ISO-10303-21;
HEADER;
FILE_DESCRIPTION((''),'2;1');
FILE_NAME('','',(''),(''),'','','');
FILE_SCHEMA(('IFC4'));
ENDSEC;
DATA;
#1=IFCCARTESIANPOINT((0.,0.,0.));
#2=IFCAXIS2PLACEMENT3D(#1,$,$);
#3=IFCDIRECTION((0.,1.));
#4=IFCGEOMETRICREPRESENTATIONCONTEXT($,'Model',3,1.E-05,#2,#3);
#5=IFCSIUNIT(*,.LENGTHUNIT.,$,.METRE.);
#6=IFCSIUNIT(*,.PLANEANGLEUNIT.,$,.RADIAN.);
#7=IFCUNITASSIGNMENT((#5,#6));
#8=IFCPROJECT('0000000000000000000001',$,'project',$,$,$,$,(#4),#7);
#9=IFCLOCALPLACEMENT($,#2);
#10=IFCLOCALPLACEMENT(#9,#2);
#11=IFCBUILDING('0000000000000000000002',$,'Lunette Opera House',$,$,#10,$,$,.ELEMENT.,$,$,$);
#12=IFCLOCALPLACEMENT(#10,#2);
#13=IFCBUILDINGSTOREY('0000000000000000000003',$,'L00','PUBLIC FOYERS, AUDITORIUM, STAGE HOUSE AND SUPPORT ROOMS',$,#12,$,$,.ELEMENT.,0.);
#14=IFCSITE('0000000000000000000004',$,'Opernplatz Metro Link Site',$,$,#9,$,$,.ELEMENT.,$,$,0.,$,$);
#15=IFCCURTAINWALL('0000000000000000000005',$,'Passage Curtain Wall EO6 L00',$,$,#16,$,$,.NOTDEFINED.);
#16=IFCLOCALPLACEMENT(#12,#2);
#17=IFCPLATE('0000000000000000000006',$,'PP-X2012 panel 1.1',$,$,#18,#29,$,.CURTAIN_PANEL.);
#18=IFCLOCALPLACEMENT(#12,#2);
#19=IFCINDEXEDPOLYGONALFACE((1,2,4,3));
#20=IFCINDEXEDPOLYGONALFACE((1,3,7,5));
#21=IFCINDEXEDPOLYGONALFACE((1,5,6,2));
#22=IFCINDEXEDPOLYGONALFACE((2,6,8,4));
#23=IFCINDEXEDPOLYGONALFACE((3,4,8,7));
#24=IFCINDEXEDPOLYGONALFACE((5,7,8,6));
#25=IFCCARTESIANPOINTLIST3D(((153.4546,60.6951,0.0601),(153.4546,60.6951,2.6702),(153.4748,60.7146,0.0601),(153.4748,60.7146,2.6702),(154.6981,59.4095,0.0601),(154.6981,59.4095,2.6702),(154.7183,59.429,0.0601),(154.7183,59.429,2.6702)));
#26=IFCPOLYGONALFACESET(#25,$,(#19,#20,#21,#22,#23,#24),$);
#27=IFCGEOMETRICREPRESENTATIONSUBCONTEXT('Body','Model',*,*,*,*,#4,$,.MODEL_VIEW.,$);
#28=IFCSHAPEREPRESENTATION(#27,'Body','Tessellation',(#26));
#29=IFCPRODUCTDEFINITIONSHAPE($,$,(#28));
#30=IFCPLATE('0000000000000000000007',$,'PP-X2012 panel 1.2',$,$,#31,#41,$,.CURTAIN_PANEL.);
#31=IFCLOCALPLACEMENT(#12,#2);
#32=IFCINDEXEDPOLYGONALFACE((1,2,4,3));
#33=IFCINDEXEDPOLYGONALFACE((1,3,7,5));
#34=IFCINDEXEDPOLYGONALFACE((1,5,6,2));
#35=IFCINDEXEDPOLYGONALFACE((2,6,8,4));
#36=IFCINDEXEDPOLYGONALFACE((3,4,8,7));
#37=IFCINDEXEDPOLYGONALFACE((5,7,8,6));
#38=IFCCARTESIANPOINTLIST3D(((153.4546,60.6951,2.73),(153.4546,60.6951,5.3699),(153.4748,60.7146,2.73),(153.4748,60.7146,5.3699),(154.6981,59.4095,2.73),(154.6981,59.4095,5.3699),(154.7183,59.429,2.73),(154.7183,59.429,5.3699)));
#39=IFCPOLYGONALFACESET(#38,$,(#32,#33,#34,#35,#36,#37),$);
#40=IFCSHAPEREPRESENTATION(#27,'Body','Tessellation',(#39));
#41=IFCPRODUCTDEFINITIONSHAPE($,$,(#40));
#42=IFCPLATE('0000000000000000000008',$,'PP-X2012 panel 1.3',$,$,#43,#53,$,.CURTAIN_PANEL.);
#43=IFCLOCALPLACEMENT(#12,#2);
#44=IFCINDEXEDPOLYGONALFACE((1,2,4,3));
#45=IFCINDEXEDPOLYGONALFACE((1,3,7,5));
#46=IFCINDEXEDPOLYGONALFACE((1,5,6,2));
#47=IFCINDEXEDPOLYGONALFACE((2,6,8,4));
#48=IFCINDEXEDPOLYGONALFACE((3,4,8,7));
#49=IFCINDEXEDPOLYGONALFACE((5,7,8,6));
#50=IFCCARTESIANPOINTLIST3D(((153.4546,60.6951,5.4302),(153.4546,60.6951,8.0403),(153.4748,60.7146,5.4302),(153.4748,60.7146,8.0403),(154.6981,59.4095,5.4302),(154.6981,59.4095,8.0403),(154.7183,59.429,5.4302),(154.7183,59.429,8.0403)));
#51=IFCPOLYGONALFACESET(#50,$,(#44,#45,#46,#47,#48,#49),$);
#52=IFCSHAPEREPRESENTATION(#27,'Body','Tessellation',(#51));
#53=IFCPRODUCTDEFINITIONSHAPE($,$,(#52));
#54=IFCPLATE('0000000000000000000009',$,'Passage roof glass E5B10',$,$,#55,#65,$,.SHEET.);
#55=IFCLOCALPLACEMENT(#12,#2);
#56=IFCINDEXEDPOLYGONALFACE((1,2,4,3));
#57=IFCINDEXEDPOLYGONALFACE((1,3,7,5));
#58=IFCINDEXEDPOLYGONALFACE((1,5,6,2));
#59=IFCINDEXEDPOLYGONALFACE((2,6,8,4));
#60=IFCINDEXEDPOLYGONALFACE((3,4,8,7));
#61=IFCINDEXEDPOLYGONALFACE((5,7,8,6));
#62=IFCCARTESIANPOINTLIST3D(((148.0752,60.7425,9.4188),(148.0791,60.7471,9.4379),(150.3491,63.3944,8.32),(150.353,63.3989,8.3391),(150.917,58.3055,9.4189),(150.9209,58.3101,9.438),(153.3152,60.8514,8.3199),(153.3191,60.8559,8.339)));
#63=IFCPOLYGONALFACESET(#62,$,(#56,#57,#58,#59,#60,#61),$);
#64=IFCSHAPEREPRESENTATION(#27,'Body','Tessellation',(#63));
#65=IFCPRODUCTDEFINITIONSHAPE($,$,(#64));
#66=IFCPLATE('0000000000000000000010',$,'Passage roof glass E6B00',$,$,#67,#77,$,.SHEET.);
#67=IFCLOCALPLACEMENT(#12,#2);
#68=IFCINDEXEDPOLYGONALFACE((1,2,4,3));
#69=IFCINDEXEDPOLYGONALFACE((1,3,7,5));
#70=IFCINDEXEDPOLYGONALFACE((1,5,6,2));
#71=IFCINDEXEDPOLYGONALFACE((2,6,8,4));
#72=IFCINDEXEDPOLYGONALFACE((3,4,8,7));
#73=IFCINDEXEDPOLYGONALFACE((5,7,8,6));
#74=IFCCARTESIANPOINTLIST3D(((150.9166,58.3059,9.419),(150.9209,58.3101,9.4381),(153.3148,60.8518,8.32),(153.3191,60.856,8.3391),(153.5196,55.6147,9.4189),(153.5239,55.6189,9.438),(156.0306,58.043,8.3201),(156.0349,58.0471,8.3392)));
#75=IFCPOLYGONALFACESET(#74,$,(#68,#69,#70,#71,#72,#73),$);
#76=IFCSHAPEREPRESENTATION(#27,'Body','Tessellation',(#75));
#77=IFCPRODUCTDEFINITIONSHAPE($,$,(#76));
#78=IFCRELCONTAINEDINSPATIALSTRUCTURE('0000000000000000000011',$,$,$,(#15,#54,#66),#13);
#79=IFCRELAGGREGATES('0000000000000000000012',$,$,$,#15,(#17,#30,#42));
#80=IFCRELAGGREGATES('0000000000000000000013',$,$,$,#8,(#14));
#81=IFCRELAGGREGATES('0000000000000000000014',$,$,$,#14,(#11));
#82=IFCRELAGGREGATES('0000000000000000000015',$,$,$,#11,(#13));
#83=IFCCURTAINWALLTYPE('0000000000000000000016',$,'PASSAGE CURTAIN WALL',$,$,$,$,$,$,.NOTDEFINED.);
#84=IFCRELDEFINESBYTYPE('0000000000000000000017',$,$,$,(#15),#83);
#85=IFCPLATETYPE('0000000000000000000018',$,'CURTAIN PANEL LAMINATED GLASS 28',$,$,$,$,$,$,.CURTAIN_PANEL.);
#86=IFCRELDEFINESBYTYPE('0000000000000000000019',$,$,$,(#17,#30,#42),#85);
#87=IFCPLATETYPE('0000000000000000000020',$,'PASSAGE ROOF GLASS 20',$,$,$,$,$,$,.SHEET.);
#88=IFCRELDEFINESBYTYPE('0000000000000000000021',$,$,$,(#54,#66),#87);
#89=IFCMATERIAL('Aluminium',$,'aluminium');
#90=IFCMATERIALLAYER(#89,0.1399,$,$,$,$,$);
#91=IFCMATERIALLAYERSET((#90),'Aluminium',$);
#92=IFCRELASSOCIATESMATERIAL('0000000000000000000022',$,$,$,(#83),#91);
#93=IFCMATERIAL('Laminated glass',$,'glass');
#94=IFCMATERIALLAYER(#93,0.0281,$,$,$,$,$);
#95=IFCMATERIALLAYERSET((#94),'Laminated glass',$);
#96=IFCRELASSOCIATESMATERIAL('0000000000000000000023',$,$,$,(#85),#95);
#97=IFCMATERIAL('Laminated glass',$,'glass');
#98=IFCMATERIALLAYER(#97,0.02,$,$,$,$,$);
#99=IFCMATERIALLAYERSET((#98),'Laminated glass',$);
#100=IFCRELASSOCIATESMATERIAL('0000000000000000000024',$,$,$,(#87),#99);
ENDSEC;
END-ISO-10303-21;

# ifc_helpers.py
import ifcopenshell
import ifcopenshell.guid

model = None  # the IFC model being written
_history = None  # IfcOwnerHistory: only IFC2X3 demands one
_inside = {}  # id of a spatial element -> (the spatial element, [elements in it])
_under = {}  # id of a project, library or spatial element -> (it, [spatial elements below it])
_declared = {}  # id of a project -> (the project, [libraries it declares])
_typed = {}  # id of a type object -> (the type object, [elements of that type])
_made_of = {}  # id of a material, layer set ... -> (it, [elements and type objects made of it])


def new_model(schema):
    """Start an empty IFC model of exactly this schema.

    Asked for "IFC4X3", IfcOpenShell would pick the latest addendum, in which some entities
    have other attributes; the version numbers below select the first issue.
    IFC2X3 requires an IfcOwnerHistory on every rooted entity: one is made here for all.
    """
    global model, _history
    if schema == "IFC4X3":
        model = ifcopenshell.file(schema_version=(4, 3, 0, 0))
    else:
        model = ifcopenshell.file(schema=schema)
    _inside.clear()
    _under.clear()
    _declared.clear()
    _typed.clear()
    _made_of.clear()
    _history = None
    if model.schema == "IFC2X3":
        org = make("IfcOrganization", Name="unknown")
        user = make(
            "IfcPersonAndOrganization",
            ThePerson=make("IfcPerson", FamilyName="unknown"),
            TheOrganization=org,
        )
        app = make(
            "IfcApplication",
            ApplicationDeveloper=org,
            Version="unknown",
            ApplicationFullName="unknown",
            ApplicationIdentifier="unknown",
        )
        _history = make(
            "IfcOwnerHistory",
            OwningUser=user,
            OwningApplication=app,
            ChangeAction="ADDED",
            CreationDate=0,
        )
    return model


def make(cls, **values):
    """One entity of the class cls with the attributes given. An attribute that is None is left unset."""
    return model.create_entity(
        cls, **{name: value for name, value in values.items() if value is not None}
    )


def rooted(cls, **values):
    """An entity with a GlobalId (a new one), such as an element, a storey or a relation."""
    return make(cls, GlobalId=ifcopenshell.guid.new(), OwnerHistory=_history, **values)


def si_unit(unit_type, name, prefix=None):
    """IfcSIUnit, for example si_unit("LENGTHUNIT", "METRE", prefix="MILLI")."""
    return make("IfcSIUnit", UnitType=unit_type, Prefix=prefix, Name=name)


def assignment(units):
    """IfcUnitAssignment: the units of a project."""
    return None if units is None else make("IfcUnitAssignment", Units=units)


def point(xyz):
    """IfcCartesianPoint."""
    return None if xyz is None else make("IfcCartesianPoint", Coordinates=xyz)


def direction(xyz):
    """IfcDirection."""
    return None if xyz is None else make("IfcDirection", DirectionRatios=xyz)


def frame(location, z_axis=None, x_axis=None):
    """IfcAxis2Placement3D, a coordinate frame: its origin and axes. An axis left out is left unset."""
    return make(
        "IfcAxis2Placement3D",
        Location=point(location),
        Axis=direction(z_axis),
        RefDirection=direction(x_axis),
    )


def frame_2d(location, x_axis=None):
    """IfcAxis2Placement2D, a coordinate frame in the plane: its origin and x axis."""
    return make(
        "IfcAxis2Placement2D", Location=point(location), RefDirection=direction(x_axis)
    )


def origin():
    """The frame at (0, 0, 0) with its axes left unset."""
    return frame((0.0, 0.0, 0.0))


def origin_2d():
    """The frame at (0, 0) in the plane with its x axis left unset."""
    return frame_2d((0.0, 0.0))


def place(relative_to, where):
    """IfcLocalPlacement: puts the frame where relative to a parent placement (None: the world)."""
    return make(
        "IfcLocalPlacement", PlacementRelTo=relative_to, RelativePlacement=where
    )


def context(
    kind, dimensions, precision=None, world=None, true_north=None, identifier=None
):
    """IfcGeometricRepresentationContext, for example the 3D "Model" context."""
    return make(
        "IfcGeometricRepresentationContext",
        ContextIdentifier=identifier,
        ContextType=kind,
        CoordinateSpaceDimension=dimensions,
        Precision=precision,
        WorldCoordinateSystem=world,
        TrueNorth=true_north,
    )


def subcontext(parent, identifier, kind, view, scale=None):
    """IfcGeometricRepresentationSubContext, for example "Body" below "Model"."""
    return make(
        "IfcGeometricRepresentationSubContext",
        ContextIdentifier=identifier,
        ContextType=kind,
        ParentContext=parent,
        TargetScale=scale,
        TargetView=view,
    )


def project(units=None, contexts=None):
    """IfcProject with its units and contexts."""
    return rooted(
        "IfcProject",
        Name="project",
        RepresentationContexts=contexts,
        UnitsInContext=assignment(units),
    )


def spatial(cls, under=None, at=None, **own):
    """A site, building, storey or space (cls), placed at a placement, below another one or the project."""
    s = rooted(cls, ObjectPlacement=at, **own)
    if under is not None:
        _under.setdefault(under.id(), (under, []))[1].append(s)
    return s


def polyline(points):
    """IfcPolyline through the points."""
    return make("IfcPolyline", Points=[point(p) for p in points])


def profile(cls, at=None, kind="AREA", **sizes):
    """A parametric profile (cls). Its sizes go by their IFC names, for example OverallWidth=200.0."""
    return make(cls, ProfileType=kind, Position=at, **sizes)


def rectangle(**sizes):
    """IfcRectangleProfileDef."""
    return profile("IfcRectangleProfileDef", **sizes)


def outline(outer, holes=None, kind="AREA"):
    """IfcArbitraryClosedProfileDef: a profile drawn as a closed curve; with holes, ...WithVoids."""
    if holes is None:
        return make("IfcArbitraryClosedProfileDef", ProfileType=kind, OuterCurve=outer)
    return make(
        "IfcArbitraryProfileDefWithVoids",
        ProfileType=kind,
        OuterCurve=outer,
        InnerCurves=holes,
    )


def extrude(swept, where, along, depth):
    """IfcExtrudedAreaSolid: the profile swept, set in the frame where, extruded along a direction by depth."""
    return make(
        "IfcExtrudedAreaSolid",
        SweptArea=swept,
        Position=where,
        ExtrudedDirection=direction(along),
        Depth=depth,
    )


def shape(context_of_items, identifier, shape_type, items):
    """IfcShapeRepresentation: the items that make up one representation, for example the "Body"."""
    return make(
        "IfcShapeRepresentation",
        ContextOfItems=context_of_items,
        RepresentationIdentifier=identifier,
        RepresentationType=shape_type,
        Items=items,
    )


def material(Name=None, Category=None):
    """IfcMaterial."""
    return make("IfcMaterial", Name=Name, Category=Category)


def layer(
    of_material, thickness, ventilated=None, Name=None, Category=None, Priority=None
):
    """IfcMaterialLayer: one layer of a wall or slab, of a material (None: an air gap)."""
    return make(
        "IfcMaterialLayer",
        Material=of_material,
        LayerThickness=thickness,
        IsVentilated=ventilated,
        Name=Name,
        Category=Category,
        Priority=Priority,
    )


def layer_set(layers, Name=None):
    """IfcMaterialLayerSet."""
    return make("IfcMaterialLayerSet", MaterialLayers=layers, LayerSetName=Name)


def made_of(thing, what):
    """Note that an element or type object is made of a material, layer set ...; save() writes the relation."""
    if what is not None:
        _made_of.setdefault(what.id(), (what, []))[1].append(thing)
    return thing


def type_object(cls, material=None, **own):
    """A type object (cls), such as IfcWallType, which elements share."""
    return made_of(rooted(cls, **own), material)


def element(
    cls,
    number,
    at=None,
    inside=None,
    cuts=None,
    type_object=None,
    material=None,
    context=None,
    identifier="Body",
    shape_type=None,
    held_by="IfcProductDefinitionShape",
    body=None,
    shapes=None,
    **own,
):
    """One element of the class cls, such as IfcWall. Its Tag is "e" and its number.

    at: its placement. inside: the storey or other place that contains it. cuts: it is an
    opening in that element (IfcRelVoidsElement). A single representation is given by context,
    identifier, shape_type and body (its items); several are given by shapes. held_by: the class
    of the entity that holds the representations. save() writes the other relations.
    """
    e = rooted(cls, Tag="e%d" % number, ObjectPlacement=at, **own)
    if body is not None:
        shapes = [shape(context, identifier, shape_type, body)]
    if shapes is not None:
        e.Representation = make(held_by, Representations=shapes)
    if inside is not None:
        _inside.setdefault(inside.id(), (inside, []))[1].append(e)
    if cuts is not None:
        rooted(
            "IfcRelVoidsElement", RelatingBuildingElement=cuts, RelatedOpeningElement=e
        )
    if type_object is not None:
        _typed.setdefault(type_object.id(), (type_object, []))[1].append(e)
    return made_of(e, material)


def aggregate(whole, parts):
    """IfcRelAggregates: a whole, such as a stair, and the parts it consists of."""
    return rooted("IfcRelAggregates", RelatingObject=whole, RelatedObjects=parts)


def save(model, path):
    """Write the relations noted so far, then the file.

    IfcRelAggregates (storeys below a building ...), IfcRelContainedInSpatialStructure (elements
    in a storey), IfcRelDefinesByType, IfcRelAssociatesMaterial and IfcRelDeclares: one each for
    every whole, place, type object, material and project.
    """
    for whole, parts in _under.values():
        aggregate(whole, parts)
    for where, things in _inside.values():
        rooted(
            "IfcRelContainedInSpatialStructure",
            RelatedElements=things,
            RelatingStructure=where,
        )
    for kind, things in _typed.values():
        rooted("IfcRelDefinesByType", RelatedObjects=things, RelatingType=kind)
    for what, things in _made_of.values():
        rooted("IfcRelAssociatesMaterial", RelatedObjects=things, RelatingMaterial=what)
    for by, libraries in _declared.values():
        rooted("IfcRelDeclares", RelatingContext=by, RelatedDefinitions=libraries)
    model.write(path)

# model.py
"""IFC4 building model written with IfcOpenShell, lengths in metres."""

from ifc_helpers import new_model, si_unit, direction, frame, origin, origin_2d, place, context, subcontext, project, spatial, polyline, rectangle, outline, extrude, material, layer, layer_set, type_object, element, aggregate, save


model = new_model("IFC4")

# Units and contexts
model_context = context("Model", 3, precision=1e-05, world=origin(), true_north=direction((0.0, 1.0)))
body_context = subcontext(model_context, "Body", "Model", "MODEL_VIEW")
ifc_project = project(units=[si_unit("LENGTHUNIT", "METRE"), si_unit("PLANEANGLEUNIT", "RADIAN")], contexts=[model_context])

# Site, building, storey
site_placement = place(None, origin())
site = spatial("IfcSite", under=ifc_project, at=site_placement, Name="Opernplatz Metro Link Site", CompositionType="ELEMENT", RefElevation=0.0)
building_placement = place(site_placement, origin())
building = spatial("IfcBuilding", under=site, at=building_placement, Name="Lunette Opera House", CompositionType="ELEMENT")
storey_placement = place(building_placement, origin())
storey = spatial("IfcBuildingStorey", under=building, at=storey_placement, Name="L00", Description="PUBLIC FOYERS, AUDITORIUM, STAGE HOUSE AND SUPPORT ROOMS", CompositionType="ELEMENT", Elevation=0.0)

# Curtain wall
ifc_material_1 = material(Name="Aluminium", Category="aluminium")
ifc_layer_1 = layer(ifc_material_1, 0.1399)
ifc_layer_set_1 = layer_set([ifc_layer_1], Name="Aluminium")
curtain_wall_type = type_object("IfcCurtainWallType", Name="PASSAGE CURTAIN WALL", PredefinedType="NOTDEFINED", material=ifc_layer_set_1)
curtain_wall_1_placement = place(storey_placement, origin())
curtain_wall_1 = element("IfcCurtainWall", 1, at=curtain_wall_1_placement, inside=storey, type_object=curtain_wall_type, Name="Passage Curtain Wall EO6 L00", PredefinedType="NOTDEFINED")

# Plates
ifc_material_2 = material(Name="Laminated glass", Category="glass")
ifc_layer_2 = layer(ifc_material_2, 0.0281)
ifc_layer_set_2 = layer_set([ifc_layer_2], Name="Laminated glass")
plate_type_1 = type_object("IfcPlateType", Name="CURTAIN PANEL LAMINATED GLASS 28", PredefinedType="CURTAIN_PANEL", material=ifc_layer_set_2)
plate_1_placement = place(storey_placement, frame((154.0864, 60.062, 0.0601), z_axis=(0.0, 0.0, 1.0), x_axis=(0.695231, -0.718787, 0.0)))
plate_1 = element("IfcPlate", 2, at=plate_1_placement, type_object=plate_type_1, Name="PP-X2012 panel 1.1", PredefinedType="CURTAIN_PANEL", context=body_context, shape_type="SweptSolid", body=[
    extrude(rectangle(XDim=1.7886, YDim=0.0281, at=origin_2d()), origin(), (0.0, 0.0, 1.0), 2.6101),
])
plate_2_placement = place(storey_placement, frame((154.0864, 60.062, 2.73), z_axis=(0.0, 0.0, 1.0), x_axis=(0.695231, -0.718787, 0.0)))
plate_2 = element("IfcPlate", 3, at=plate_2_placement, type_object=plate_type_1, Name="PP-X2012 panel 1.2", PredefinedType="CURTAIN_PANEL", context=body_context, shape_type="SweptSolid", body=[
    extrude(rectangle(XDim=1.7886, YDim=0.0281, at=origin_2d()), origin(), (0.0, 0.0, 1.0), 2.6399),
])
plate_3_placement = place(storey_placement, frame((154.0864, 60.062, 5.4302), z_axis=(0.0, 0.0, 1.0), x_axis=(0.695231, -0.718787, 0.0)))
plate_3 = element("IfcPlate", 4, at=plate_3_placement, type_object=plate_type_1, Name="PP-X2012 panel 1.3", PredefinedType="CURTAIN_PANEL", context=body_context, shape_type="SweptSolid", body=[
    extrude(rectangle(XDim=1.7886, YDim=0.0281, at=origin_2d()), origin(), (0.0, 0.0, 1.0), 2.6101),
])
aggregate(curtain_wall_1, [plate_1, plate_2, plate_3])

# Plates
ifc_material_3 = material(Name="Laminated glass", Category="glass")
ifc_layer_3 = layer(ifc_material_3, 0.02)
ifc_layer_set_3 = layer_set([ifc_layer_3], Name="Laminated glass")
plate_type_2 = type_object("IfcPlateType", Name="PASSAGE ROOF GLASS 20", PredefinedType="SHEET", material=ifc_layer_set_3)
plate_4_placement = place(storey_placement, frame((150.353, 63.3989, 8.3391), z_axis=(0.195313, 0.227783, 0.953922), x_axis=(0.759174, -0.650888, -0.000017)))
element("IfcPlate", 5, at=plate_4_placement, inside=storey, type_object=plate_type_2, Name="Passage roof glass E5B10", PredefinedType="SHEET", context=body_context, shape_type="SweptSolid", body=[
    extrude(outline(polyline([(0.0, 0.0), (3.9069, 0.0), (3.7434, -3.6625), (-0.0003, -3.662), (0.0, 0.0)])), origin(), (0.0, 0.0, -1.0), 0.02),
])
plate_5_placement = place(storey_placement, frame((153.3191, 60.856, 8.3391), z_axis=(0.215699, 0.208595, 0.953919), x_axis=(0.695109, -0.718905, 0.000027)))
element("IfcPlate", 6, at=plate_5_placement, inside=storey, type_object=plate_type_2, Name="Passage roof glass E6B00", PredefinedType="SHEET", context=body_context, shape_type="SweptSolid", body=[
    extrude(outline(polyline([(0.0, 0.0), (3.9071, 0.0), (3.9074, -3.6618), (0.1633, -3.6625), (0.0, 0.0)])), origin(), (0.0, 0.0, -1.0), 0.02),
])

save(model, "model.ifc")
